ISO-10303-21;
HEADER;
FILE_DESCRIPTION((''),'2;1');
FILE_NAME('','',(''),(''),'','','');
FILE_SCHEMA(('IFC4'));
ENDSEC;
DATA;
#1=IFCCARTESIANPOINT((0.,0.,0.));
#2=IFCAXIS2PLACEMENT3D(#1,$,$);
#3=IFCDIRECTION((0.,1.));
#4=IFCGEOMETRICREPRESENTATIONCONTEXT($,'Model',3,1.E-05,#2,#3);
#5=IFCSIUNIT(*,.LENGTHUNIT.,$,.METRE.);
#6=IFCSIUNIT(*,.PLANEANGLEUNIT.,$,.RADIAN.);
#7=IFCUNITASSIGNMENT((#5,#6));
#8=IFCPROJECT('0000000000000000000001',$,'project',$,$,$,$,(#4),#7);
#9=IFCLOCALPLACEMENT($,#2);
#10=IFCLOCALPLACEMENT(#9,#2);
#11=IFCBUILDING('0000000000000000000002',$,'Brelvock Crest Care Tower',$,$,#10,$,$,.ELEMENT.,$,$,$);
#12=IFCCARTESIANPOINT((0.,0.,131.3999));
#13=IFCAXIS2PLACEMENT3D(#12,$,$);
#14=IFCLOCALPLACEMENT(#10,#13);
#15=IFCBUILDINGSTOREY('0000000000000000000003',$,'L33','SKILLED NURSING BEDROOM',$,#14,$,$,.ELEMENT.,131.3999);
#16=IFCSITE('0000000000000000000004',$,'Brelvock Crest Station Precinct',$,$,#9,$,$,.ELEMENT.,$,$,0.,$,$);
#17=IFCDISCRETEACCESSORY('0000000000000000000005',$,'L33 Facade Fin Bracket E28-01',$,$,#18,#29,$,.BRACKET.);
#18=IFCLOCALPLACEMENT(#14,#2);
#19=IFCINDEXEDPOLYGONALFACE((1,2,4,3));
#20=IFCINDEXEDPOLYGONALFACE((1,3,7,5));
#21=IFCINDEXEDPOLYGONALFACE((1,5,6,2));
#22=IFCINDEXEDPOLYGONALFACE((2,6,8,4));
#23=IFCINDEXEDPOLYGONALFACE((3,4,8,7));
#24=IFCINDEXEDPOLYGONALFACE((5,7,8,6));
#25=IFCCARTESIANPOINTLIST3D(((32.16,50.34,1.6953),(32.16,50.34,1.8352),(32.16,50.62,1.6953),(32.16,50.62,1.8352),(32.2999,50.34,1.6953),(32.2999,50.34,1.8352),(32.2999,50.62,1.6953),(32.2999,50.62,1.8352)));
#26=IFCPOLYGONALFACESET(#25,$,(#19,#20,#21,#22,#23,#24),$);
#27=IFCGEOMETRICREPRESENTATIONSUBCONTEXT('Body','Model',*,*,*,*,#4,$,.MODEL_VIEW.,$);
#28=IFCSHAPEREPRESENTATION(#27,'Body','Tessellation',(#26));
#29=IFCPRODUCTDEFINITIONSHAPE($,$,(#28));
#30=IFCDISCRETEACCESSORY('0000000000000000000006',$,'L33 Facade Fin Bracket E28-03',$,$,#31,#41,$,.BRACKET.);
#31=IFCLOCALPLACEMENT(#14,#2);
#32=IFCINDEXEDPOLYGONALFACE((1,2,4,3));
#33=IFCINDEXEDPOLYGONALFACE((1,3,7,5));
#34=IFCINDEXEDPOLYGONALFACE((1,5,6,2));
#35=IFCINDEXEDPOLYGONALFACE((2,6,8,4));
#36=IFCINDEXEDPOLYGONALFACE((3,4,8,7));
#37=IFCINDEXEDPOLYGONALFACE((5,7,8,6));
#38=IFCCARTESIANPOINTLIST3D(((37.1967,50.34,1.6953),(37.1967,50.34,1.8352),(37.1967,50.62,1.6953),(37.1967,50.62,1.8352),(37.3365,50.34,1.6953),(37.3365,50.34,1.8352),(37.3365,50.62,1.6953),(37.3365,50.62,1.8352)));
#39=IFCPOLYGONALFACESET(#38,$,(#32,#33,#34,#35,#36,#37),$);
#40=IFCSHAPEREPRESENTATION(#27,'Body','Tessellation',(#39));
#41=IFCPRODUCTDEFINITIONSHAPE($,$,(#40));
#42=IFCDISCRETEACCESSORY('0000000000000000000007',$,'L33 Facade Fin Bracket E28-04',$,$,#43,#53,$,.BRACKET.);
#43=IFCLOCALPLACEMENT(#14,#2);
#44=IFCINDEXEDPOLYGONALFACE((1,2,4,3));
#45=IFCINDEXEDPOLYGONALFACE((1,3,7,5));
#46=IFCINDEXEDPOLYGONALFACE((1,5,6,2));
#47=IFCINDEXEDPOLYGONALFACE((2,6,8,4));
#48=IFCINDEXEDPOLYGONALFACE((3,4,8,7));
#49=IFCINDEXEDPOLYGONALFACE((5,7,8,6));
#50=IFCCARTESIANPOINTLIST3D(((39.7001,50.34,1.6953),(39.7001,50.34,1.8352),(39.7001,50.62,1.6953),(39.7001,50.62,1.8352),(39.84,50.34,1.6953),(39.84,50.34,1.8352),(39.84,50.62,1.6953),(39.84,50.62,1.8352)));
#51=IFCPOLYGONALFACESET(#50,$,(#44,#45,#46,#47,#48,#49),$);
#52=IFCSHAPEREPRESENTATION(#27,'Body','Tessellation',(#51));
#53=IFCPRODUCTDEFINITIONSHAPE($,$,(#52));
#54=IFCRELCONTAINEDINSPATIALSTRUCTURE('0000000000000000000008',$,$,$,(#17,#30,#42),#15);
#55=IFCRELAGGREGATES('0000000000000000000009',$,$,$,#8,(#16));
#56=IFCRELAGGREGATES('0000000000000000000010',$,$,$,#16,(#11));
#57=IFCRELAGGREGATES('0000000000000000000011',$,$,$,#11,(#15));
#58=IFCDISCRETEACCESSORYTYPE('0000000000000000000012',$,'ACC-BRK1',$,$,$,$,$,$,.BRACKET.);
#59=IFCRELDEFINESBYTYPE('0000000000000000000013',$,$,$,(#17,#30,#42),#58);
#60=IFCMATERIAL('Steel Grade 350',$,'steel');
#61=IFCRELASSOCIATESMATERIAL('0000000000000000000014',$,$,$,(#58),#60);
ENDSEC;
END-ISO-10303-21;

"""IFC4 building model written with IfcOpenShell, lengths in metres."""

from ifc_helpers import new_model, si_unit, direction, frame, origin, origin_2d, place, context, subcontext, project, spatial, rectangle, extrude, source, transform, mapped, material, type_object, element, save


model = new_model("IFC4")

# Units and contexts
model_context = context("Model", 3, precision=1e-05, world=origin(), true_north=direction((0.0, 1.0)))
body_context = subcontext(model_context, "Body", "Model", "MODEL_VIEW")
ifc_project = project(units=[si_unit("LENGTHUNIT", "METRE"), si_unit("PLANEANGLEUNIT", "RADIAN")], contexts=[model_context])

# Site, building, storey
site_placement = place(None, origin())
site = spatial("IfcSite", under=ifc_project, at=site_placement, Name="Brelvock Crest Station Precinct", CompositionType="ELEMENT", RefElevation=0.0)
building_placement = place(site_placement, origin())
building = spatial("IfcBuilding", under=site, at=building_placement, Name="Brelvock Crest Care Tower", CompositionType="ELEMENT")
storey_placement = place(building_placement, frame((0.0, 0.0, 131.3999)))
storey = spatial("IfcBuildingStorey", under=building, at=storey_placement, Name="L33", Description="SKILLED NURSING BEDROOM", CompositionType="ELEMENT", Elevation=131.3999)

# Shared definitions
ifc_material_1 = material(Name="Steel Grade 350", Category="steel")

# Discrete accessories
discrete_accessory_type = type_object("IfcDiscreteAccessoryType", Name="ACC-BRK1", PredefinedType="BRACKET", material=ifc_material_1)
shared_shape_1 = source(origin(), body_context, "Body", "SweptSolid", [
    extrude(rectangle(XDim=0.28, YDim=0.1399, at=origin_2d()), origin(), (0.0, 0.0, 1.0), 0.1399),
])
for number, where, z_axis, x_axis, name in (
    (1, (32.23, 50.48, 1.6953), (0.0, 0.0, 1.0), (0.0, 1.0, 0.0), "L33 Facade Fin Bracket E28-01"),
    (2, (37.2666, 50.48, 1.6953), (0.0, 0.0, 1.0), (0.0, 1.0, 0.0), "L33 Facade Fin Bracket E28-03"),
    (3, (39.77, 50.48, 1.6953), (0.0, 0.0, 1.0), (0.0, 1.0, 0.0), "L33 Facade Fin Bracket E28-04"),
):
    element("IfcDiscreteAccessory", number, at=place(storey_placement, frame(where, z_axis=z_axis, x_axis=x_axis)), inside=storey, type_object=discrete_accessory_type, Name=name, PredefinedType="BRACKET", context=body_context, shape_type="MappedRepresentation", body=[
        mapped(shared_shape_1, transform((0.0, 0.0, 0.0), x_axis=(1.0, 0.0, 0.0), y_axis=(0.0, 1.0, 0.0), z_axis=(0.0, 0.0, 1.0), scale=1.0)),
    ])

save(model, "model.ifc")
